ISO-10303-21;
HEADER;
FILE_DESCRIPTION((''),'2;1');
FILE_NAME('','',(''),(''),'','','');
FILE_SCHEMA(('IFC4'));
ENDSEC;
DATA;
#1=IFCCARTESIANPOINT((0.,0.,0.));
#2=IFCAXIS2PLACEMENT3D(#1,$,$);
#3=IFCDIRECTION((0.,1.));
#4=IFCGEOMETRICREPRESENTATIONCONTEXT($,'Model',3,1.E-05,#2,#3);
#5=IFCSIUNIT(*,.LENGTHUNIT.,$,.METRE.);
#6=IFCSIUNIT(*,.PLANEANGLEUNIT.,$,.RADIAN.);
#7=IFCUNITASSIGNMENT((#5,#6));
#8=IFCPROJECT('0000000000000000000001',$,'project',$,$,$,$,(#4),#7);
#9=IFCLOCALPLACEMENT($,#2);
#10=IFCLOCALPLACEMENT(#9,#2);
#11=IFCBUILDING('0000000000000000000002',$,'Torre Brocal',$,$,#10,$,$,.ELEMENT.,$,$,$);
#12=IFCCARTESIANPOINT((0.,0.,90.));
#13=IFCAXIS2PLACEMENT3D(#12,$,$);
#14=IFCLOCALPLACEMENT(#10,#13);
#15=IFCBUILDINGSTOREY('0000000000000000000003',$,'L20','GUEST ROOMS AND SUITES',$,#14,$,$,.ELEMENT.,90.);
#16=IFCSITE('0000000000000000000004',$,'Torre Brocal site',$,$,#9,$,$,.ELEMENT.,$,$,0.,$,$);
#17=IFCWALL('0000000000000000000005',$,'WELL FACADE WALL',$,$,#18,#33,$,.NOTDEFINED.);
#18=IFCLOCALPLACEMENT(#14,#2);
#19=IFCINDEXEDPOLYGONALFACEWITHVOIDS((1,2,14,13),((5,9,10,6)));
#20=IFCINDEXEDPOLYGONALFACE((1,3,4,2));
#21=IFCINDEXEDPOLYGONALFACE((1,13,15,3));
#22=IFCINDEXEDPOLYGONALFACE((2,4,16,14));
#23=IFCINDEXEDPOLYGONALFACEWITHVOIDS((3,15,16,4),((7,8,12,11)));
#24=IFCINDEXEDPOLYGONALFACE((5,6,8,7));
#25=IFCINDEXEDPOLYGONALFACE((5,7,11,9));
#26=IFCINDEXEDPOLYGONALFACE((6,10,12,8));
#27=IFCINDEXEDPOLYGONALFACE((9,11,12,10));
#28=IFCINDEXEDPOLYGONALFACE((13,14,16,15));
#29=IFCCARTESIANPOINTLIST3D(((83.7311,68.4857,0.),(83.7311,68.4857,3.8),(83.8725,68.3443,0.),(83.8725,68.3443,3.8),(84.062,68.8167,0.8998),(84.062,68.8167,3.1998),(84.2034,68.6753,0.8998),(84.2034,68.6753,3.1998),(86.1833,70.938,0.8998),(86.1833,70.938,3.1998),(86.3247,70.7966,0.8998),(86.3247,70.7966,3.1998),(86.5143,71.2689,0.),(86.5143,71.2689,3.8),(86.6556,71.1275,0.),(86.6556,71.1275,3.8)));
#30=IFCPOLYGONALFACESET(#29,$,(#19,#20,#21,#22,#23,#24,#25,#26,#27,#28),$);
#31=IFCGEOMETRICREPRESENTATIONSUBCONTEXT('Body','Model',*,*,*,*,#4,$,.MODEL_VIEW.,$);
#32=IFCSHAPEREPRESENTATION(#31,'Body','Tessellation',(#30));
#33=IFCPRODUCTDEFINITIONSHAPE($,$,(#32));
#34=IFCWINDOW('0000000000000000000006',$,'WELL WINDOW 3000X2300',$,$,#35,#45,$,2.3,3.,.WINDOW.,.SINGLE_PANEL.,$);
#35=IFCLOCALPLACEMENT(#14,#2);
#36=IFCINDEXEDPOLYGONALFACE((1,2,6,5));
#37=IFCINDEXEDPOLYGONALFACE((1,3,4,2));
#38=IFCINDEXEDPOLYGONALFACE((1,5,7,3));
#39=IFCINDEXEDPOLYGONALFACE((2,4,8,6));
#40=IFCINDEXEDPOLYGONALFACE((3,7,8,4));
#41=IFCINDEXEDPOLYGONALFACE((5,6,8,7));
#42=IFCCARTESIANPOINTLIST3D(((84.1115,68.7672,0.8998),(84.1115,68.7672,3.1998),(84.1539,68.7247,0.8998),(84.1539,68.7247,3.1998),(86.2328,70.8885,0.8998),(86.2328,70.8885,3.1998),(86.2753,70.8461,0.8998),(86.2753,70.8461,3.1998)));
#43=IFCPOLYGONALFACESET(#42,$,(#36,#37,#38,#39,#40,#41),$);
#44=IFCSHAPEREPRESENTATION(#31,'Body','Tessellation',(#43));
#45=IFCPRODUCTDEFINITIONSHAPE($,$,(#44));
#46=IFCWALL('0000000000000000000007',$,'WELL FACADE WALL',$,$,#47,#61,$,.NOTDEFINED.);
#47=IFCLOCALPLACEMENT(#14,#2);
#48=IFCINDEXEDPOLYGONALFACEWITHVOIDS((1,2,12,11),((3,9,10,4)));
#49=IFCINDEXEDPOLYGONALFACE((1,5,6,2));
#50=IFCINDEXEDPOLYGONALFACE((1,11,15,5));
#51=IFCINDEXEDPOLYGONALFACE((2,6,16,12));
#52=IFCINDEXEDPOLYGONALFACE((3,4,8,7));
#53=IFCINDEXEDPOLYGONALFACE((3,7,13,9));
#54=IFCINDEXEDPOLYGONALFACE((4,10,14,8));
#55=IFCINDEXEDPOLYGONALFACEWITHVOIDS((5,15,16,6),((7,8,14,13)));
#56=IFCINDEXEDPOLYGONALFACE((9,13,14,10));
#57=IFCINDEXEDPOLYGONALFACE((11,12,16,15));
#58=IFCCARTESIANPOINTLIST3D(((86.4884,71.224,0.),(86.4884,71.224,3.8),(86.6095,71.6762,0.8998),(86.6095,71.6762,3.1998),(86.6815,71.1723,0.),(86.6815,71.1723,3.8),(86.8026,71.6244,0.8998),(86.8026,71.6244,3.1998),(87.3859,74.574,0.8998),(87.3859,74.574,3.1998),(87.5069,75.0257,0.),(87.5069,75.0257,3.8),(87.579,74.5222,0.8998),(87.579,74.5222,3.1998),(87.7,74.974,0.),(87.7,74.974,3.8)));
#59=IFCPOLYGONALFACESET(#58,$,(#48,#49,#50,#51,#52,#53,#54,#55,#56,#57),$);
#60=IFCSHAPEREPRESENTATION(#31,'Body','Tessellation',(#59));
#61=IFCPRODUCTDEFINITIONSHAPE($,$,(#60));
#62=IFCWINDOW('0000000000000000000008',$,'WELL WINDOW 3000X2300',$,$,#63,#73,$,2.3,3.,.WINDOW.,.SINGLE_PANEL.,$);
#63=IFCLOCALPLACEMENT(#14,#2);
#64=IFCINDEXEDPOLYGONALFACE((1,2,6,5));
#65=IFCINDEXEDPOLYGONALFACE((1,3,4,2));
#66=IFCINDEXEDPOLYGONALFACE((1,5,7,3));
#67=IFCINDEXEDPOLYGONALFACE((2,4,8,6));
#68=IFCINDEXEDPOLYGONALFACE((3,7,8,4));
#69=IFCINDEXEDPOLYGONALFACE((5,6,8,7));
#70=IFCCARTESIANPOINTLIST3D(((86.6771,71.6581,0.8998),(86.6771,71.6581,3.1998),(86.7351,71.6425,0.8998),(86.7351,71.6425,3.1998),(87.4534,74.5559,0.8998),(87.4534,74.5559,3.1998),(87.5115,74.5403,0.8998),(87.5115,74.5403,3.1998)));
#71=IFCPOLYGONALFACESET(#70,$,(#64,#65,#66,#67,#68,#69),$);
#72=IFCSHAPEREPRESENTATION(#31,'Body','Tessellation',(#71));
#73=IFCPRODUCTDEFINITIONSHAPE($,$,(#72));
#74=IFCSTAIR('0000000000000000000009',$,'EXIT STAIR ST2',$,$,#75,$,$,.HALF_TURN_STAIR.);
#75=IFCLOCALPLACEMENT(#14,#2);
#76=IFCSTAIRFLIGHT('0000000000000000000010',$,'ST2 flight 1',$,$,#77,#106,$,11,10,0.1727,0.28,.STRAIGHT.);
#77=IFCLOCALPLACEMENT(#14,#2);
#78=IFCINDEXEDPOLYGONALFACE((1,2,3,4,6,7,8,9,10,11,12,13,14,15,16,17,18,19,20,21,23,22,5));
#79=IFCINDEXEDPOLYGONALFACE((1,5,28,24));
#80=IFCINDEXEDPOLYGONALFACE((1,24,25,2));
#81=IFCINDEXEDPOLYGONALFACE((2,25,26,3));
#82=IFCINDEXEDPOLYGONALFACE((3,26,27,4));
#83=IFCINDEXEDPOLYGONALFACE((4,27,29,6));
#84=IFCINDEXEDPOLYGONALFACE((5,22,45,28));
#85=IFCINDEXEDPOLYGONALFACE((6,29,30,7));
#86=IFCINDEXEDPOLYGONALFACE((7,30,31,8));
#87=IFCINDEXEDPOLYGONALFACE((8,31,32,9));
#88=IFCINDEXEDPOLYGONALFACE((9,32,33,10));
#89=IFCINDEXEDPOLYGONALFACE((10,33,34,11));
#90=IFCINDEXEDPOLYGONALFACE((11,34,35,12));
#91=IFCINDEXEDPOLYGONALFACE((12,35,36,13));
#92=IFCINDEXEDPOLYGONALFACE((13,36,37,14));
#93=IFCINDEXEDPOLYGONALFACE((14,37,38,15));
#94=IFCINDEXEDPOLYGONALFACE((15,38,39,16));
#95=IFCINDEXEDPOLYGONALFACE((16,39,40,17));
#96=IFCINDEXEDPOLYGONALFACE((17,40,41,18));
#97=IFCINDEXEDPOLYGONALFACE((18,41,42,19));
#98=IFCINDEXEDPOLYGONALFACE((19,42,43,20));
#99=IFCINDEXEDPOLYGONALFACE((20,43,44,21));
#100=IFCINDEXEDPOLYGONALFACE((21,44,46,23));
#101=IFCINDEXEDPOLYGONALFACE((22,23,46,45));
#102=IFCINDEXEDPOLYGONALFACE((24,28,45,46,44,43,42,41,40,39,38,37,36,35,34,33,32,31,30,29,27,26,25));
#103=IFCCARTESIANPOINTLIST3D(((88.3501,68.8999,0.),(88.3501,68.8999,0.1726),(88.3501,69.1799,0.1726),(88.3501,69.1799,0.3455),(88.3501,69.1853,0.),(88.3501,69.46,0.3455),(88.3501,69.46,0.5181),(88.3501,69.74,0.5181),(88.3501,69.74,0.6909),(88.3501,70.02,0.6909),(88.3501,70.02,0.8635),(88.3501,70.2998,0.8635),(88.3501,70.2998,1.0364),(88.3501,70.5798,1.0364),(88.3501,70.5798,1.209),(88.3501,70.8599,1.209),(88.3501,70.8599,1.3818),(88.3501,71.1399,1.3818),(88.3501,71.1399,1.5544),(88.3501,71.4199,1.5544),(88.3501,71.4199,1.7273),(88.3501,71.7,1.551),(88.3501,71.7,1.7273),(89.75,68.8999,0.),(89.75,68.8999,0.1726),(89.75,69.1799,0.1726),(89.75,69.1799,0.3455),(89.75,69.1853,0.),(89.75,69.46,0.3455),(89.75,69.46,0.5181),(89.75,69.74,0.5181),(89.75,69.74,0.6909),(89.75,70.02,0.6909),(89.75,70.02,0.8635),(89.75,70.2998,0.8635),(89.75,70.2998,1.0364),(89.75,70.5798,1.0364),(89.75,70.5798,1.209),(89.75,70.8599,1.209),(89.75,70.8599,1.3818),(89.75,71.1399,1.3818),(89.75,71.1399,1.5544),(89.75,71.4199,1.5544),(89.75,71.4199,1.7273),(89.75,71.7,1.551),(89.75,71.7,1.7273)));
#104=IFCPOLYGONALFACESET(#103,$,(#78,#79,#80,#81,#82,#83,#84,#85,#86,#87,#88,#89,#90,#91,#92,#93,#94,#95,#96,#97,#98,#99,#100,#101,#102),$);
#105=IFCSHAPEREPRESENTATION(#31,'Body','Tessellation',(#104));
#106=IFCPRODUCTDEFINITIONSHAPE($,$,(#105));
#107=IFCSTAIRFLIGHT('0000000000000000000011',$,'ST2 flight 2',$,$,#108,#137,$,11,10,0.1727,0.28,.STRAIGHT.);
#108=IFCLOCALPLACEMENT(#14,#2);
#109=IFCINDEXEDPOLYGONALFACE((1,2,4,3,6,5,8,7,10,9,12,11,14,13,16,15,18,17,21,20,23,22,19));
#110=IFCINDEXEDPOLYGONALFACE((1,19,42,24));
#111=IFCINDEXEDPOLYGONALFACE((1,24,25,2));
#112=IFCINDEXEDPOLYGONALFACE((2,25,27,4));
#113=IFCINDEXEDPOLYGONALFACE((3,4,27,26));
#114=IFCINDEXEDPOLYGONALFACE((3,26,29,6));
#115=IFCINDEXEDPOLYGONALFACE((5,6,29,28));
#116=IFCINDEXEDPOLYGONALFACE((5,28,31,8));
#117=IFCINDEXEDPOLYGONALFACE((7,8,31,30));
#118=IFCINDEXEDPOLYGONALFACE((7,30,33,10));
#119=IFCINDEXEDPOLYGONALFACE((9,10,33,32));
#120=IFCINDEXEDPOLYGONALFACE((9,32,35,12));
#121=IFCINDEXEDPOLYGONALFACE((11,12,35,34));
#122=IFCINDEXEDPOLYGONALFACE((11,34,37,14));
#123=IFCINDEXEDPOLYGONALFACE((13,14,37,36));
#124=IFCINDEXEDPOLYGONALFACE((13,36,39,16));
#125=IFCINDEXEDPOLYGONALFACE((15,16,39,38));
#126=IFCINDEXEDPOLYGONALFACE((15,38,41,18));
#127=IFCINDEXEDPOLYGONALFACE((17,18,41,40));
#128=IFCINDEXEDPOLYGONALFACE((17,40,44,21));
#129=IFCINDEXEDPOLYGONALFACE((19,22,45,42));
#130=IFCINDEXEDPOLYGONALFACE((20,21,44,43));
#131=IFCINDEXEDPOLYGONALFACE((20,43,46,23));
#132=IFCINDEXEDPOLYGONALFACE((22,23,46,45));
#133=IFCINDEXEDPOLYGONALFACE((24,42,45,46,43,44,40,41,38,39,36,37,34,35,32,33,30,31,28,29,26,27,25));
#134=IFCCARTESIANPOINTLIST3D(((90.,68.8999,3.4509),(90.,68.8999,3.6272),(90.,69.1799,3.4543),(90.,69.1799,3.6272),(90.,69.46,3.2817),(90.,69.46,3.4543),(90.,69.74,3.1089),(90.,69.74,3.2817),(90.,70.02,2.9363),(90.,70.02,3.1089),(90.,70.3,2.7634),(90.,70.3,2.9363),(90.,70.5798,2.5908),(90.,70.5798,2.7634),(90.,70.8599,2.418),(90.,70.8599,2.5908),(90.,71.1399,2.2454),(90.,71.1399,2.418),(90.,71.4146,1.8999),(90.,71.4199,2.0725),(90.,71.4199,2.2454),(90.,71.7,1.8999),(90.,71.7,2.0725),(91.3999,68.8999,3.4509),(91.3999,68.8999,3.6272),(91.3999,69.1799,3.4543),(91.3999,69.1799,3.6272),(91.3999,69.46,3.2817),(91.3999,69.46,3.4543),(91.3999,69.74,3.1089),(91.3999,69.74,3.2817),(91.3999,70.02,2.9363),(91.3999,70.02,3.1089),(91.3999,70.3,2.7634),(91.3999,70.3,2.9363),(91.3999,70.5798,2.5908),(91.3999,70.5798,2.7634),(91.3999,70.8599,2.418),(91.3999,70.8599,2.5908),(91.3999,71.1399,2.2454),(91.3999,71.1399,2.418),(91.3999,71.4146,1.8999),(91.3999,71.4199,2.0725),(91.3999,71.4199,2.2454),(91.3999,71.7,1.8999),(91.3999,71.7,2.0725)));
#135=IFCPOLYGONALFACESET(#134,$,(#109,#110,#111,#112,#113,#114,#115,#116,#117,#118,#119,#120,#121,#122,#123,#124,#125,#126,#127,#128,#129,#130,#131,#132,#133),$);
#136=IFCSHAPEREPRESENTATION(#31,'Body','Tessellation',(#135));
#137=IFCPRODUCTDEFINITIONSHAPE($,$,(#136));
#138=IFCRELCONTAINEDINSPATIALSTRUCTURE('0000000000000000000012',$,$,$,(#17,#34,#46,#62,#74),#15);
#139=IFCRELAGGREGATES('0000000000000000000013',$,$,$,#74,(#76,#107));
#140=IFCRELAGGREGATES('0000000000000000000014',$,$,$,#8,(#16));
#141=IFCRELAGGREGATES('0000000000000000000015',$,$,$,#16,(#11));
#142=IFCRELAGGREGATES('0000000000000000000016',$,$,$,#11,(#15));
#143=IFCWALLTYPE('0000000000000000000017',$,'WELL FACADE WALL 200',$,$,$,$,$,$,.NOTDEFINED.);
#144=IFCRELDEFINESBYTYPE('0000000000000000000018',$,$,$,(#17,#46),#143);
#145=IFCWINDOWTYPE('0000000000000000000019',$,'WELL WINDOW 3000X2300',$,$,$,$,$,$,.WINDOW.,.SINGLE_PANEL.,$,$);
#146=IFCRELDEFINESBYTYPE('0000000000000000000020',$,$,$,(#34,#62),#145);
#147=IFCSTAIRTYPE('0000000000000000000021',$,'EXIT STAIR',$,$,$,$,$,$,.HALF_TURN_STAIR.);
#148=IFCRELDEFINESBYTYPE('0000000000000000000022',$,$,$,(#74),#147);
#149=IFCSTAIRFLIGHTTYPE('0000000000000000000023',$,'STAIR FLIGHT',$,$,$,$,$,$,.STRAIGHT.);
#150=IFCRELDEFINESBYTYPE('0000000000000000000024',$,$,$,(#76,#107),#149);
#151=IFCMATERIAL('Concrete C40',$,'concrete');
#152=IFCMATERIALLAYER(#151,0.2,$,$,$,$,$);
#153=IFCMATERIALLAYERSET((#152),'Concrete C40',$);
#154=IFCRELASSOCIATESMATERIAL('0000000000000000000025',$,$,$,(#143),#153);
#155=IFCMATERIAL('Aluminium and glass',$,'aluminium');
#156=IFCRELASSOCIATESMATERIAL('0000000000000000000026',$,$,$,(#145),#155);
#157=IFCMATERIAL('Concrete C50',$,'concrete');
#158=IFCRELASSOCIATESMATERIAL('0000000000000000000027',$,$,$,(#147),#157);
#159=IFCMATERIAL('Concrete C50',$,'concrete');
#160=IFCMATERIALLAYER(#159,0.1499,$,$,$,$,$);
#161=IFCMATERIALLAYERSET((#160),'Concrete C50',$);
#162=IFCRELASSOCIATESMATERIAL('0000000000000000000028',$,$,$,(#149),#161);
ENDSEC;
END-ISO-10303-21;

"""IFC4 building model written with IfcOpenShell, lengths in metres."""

from ifc_helpers import new_model, si_unit, direction, frame, frame_2d, origin, place, context, subcontext, project, spatial, polyline, rectangle, outline, extrude, material, layer, layer_set, type_object, element, fill, aggregate, save


model = new_model("IFC4")

# Units and contexts
model_context = context("Model", 3, precision=1e-05, world=origin(), true_north=direction((0.0, 1.0)))
body_context = subcontext(model_context, "Body", "Model", "MODEL_VIEW")
ifc_project = project(units=[si_unit("LENGTHUNIT", "METRE"), si_unit("PLANEANGLEUNIT", "RADIAN")], contexts=[model_context])

# Site, building, storey
site_placement = place(None, origin())
site = spatial("IfcSite", under=ifc_project, at=site_placement, Name="Torre Brocal site", CompositionType="ELEMENT", RefElevation=0.0)
building_placement = place(site_placement, origin())
building = spatial("IfcBuilding", under=site, at=building_placement, Name="Torre Brocal", CompositionType="ELEMENT")
storey_placement = place(building_placement, frame((0.0, 0.0, 90.0)))
storey = spatial("IfcBuildingStorey", under=building, at=storey_placement, Name="L20", Description="GUEST ROOMS AND SUITES", CompositionType="ELEMENT", Elevation=90.0)

# Walls, openings, windows
ifc_material_1 = material(Name="Concrete C40", Category="concrete")
ifc_layer_1 = layer(ifc_material_1, 0.2)
ifc_layer_set_1 = layer_set([ifc_layer_1], Name="Concrete C40")
wall_type_1 = type_object("IfcWallType", Name="WELL FACADE WALL 200", PredefinedType="NOTDEFINED", material=ifc_layer_set_1)
ifc_material_2 = material(Name="Aluminium and glass", Category="aluminium")
window_type = type_object("IfcWindowType", Name="WELL WINDOW 3000X2300", PartitioningType="SINGLE_PANEL", PredefinedType="WINDOW", material=ifc_material_2)
wall_1_placement = place(storey_placement, frame((83.8018, 68.415, 0.0), z_axis=(0.0, 0.0, 1.0), x_axis=(0.707107, 0.707107, 0.0)))
wall_1 = element("IfcWall", 1, at=wall_1_placement, inside=storey, type_object=wall_type_1, Name="WELL FACADE WALL", PredefinedType="NOTDEFINED", context=body_context, shape_type="SweptSolid", body=[
    extrude(rectangle(XDim=3.936, YDim=0.2, at=frame_2d((1.968, 0.0))), origin(), (0.0, 0.0, 1.0), 3.8),
])
opening_1_placement = place(wall_1_placement, frame((0.468, 0.0, 0.8999)))
opening_1 = element("IfcOpeningElement", 2, at=opening_1_placement, cuts=wall_1, PredefinedType="OPENING", context=body_context, shape_type="SweptSolid", body=[
    extrude(rectangle(XDim=3.0, YDim=2.3, at=frame_2d((1.5, 1.1499))), frame((0.0, 0.1099, 0.0), z_axis=(0.0, -1.0, 0.0), x_axis=(1.0, 0.0, 0.0)), (0.0, 0.0, 1.0), 0.22),
])
window_1_placement = place(opening_1_placement, origin())
window_1 = element("IfcWindow", 3, at=window_1_placement, inside=storey, type_object=window_type, Name="WELL WINDOW 3000X2300", OverallHeight=2.3, OverallWidth=3.0, PartitioningType="SINGLE_PANEL", PredefinedType="WINDOW", context=body_context, shape_type="SweptSolid", body=[
    extrude(rectangle(XDim=3.0, YDim=2.3, at=frame_2d((1.5, 1.1499))), frame((0.0, 0.03, 0.0), z_axis=(0.0, -1.0, 0.0), x_axis=(1.0, 0.0, 0.0)), (0.0, 0.0, 1.0), 0.0601),
])
fill(opening_1, window_1)
wall_2_placement = place(storey_placement, frame((86.585, 71.1982, 0.0), z_axis=(0.0, 0.0, 1.0), x_axis=(0.25879, 0.965934, 0.0)))
wall_2 = element("IfcWall", 4, at=wall_2_placement, inside=storey, type_object=wall_type_1, Name="WELL FACADE WALL", PredefinedType="NOTDEFINED", context=body_context, shape_type="SweptSolid", body=[
    extrude(rectangle(XDim=3.9358, YDim=0.2, at=frame_2d((1.9678, 0.0))), origin(), (0.0, 0.0, 1.0), 3.8),
])
opening_2_placement = place(wall_2_placement, frame((0.468, 0.0, 0.8999)))
opening_2 = element("IfcOpeningElement", 5, at=opening_2_placement, cuts=wall_2, PredefinedType="OPENING", context=body_context, shape_type="SweptSolid", body=[
    extrude(rectangle(XDim=3.0, YDim=2.3, at=frame_2d((1.5, 1.1499))), frame((0.0, 0.1099, 0.0), z_axis=(0.0, -1.0, 0.0), x_axis=(1.0, 0.0, 0.0)), (0.0, 0.0, 1.0), 0.22),
])
window_2_placement = place(opening_2_placement, origin())
window_2 = element("IfcWindow", 6, at=window_2_placement, inside=storey, type_object=window_type, Name="WELL WINDOW 3000X2300", OverallHeight=2.3, OverallWidth=3.0, PartitioningType="SINGLE_PANEL", PredefinedType="WINDOW", context=body_context, shape_type="SweptSolid", body=[
    extrude(rectangle(XDim=3.0, YDim=2.3, at=frame_2d((1.5, 1.1499))), frame((0.0, 0.03, 0.0), z_axis=(0.0, -1.0, 0.0), x_axis=(1.0, 0.0, 0.0)), (0.0, 0.0, 1.0), 0.0601),
])
fill(opening_2, window_2)

# Stair, stair flights
ifc_material_3 = material(Name="Concrete C50", Category="concrete")
stair_type = type_object("IfcStairType", Name="EXIT STAIR", PredefinedType="HALF_TURN_STAIR", material=ifc_material_3)
stair_placement = place(storey_placement, origin())
stair = element("IfcStair", 7, at=stair_placement, inside=storey, type_object=stair_type, Name="EXIT STAIR ST2", PredefinedType="HALF_TURN_STAIR")
ifc_material_4 = material(Name="Concrete C50", Category="concrete")
ifc_layer_2 = layer(ifc_material_4, 0.1499)
ifc_layer_set_2 = layer_set([ifc_layer_2], Name="Concrete C50")
stair_flight_type = type_object("IfcStairFlightType", Name="STAIR FLIGHT", PredefinedType="STRAIGHT", material=ifc_layer_set_2)
stair_flight_1_placement = place(storey_placement, frame((89.05, 68.8999, 0.0), z_axis=(0.0, 0.0, 1.0), x_axis=(0.0, 1.0, 0.0)))
stair_flight_1 = element("IfcStairFlight", 8, at=stair_flight_1_placement, type_object=stair_flight_type, Name="ST2 flight 1", NumberOfRisers=11, NumberOfTreads=10, PredefinedType="STRAIGHT", RiserHeight=0.1727, TreadLength=0.28, context=body_context, shape_type="SweptSolid", body=[
    extrude(outline(polyline([(0.0, 0.0), (0.0, 0.1726), (0.28, 0.1726), (0.28, 0.3455), (0.5601, 0.3455), (0.5601, 0.5181), (0.8401, 0.5181), (0.8401, 0.6909), (1.1201, 0.6909), (1.1201, 0.8635), (1.3999, 0.8635), (1.3999, 1.0364), (1.6799, 1.0364), (1.6799, 1.209), (1.96, 1.209), (1.96, 1.3818), (2.24, 1.3818), (2.24, 1.5544), (2.52, 1.5544), (2.52, 1.7273), (2.8, 1.7273), (2.8, 1.8999), (2.8, 1.551), (0.2854, 0.0), (0.0, 0.0)])), frame((0.0, 0.7, 0.0), z_axis=(0.0, -1.0, 0.0), x_axis=(1.0, 0.0, 0.0)), (0.0, 0.0, 1.0), 1.3999),
])
stair_flight_2_placement = place(storey_placement, frame((90.7, 71.7, 1.8999), z_axis=(0.0, 0.0, 1.0), x_axis=(0.0, -1.0, 0.0)))
stair_flight_2 = element("IfcStairFlight", 9, at=stair_flight_2_placement, type_object=stair_flight_type, Name="ST2 flight 2", NumberOfRisers=11, NumberOfTreads=10, PredefinedType="STRAIGHT", RiserHeight=0.1727, TreadLength=0.28, context=body_context, shape_type="SweptSolid", body=[
    extrude(outline(polyline([(0.0, 0.0), (0.0, 0.1726), (0.28, 0.1726), (0.28, 0.3455), (0.5601, 0.3455), (0.5601, 0.5181), (0.8401, 0.5181), (0.8401, 0.6909), (1.1201, 0.6909), (1.1201, 0.8635), (1.3999, 0.8635), (1.3999, 1.0364), (1.6799, 1.0364), (1.6799, 1.209), (1.96, 1.209), (1.96, 1.3818), (2.24, 1.3818), (2.24, 1.5544), (2.52, 1.5544), (2.52, 1.7273), (2.8, 1.7273), (2.8, 1.8999), (2.8, 1.551), (0.2854, 0.0), (0.0, 0.0)])), frame((0.0, 0.7, 0.0), z_axis=(0.0, -1.0, 0.0), x_axis=(1.0, 0.0, 0.0)), (0.0, 0.0, 1.0), 1.3999),
])
aggregate(stair, [stair_flight_1, stair_flight_2])

save(model, "model.ifc")
